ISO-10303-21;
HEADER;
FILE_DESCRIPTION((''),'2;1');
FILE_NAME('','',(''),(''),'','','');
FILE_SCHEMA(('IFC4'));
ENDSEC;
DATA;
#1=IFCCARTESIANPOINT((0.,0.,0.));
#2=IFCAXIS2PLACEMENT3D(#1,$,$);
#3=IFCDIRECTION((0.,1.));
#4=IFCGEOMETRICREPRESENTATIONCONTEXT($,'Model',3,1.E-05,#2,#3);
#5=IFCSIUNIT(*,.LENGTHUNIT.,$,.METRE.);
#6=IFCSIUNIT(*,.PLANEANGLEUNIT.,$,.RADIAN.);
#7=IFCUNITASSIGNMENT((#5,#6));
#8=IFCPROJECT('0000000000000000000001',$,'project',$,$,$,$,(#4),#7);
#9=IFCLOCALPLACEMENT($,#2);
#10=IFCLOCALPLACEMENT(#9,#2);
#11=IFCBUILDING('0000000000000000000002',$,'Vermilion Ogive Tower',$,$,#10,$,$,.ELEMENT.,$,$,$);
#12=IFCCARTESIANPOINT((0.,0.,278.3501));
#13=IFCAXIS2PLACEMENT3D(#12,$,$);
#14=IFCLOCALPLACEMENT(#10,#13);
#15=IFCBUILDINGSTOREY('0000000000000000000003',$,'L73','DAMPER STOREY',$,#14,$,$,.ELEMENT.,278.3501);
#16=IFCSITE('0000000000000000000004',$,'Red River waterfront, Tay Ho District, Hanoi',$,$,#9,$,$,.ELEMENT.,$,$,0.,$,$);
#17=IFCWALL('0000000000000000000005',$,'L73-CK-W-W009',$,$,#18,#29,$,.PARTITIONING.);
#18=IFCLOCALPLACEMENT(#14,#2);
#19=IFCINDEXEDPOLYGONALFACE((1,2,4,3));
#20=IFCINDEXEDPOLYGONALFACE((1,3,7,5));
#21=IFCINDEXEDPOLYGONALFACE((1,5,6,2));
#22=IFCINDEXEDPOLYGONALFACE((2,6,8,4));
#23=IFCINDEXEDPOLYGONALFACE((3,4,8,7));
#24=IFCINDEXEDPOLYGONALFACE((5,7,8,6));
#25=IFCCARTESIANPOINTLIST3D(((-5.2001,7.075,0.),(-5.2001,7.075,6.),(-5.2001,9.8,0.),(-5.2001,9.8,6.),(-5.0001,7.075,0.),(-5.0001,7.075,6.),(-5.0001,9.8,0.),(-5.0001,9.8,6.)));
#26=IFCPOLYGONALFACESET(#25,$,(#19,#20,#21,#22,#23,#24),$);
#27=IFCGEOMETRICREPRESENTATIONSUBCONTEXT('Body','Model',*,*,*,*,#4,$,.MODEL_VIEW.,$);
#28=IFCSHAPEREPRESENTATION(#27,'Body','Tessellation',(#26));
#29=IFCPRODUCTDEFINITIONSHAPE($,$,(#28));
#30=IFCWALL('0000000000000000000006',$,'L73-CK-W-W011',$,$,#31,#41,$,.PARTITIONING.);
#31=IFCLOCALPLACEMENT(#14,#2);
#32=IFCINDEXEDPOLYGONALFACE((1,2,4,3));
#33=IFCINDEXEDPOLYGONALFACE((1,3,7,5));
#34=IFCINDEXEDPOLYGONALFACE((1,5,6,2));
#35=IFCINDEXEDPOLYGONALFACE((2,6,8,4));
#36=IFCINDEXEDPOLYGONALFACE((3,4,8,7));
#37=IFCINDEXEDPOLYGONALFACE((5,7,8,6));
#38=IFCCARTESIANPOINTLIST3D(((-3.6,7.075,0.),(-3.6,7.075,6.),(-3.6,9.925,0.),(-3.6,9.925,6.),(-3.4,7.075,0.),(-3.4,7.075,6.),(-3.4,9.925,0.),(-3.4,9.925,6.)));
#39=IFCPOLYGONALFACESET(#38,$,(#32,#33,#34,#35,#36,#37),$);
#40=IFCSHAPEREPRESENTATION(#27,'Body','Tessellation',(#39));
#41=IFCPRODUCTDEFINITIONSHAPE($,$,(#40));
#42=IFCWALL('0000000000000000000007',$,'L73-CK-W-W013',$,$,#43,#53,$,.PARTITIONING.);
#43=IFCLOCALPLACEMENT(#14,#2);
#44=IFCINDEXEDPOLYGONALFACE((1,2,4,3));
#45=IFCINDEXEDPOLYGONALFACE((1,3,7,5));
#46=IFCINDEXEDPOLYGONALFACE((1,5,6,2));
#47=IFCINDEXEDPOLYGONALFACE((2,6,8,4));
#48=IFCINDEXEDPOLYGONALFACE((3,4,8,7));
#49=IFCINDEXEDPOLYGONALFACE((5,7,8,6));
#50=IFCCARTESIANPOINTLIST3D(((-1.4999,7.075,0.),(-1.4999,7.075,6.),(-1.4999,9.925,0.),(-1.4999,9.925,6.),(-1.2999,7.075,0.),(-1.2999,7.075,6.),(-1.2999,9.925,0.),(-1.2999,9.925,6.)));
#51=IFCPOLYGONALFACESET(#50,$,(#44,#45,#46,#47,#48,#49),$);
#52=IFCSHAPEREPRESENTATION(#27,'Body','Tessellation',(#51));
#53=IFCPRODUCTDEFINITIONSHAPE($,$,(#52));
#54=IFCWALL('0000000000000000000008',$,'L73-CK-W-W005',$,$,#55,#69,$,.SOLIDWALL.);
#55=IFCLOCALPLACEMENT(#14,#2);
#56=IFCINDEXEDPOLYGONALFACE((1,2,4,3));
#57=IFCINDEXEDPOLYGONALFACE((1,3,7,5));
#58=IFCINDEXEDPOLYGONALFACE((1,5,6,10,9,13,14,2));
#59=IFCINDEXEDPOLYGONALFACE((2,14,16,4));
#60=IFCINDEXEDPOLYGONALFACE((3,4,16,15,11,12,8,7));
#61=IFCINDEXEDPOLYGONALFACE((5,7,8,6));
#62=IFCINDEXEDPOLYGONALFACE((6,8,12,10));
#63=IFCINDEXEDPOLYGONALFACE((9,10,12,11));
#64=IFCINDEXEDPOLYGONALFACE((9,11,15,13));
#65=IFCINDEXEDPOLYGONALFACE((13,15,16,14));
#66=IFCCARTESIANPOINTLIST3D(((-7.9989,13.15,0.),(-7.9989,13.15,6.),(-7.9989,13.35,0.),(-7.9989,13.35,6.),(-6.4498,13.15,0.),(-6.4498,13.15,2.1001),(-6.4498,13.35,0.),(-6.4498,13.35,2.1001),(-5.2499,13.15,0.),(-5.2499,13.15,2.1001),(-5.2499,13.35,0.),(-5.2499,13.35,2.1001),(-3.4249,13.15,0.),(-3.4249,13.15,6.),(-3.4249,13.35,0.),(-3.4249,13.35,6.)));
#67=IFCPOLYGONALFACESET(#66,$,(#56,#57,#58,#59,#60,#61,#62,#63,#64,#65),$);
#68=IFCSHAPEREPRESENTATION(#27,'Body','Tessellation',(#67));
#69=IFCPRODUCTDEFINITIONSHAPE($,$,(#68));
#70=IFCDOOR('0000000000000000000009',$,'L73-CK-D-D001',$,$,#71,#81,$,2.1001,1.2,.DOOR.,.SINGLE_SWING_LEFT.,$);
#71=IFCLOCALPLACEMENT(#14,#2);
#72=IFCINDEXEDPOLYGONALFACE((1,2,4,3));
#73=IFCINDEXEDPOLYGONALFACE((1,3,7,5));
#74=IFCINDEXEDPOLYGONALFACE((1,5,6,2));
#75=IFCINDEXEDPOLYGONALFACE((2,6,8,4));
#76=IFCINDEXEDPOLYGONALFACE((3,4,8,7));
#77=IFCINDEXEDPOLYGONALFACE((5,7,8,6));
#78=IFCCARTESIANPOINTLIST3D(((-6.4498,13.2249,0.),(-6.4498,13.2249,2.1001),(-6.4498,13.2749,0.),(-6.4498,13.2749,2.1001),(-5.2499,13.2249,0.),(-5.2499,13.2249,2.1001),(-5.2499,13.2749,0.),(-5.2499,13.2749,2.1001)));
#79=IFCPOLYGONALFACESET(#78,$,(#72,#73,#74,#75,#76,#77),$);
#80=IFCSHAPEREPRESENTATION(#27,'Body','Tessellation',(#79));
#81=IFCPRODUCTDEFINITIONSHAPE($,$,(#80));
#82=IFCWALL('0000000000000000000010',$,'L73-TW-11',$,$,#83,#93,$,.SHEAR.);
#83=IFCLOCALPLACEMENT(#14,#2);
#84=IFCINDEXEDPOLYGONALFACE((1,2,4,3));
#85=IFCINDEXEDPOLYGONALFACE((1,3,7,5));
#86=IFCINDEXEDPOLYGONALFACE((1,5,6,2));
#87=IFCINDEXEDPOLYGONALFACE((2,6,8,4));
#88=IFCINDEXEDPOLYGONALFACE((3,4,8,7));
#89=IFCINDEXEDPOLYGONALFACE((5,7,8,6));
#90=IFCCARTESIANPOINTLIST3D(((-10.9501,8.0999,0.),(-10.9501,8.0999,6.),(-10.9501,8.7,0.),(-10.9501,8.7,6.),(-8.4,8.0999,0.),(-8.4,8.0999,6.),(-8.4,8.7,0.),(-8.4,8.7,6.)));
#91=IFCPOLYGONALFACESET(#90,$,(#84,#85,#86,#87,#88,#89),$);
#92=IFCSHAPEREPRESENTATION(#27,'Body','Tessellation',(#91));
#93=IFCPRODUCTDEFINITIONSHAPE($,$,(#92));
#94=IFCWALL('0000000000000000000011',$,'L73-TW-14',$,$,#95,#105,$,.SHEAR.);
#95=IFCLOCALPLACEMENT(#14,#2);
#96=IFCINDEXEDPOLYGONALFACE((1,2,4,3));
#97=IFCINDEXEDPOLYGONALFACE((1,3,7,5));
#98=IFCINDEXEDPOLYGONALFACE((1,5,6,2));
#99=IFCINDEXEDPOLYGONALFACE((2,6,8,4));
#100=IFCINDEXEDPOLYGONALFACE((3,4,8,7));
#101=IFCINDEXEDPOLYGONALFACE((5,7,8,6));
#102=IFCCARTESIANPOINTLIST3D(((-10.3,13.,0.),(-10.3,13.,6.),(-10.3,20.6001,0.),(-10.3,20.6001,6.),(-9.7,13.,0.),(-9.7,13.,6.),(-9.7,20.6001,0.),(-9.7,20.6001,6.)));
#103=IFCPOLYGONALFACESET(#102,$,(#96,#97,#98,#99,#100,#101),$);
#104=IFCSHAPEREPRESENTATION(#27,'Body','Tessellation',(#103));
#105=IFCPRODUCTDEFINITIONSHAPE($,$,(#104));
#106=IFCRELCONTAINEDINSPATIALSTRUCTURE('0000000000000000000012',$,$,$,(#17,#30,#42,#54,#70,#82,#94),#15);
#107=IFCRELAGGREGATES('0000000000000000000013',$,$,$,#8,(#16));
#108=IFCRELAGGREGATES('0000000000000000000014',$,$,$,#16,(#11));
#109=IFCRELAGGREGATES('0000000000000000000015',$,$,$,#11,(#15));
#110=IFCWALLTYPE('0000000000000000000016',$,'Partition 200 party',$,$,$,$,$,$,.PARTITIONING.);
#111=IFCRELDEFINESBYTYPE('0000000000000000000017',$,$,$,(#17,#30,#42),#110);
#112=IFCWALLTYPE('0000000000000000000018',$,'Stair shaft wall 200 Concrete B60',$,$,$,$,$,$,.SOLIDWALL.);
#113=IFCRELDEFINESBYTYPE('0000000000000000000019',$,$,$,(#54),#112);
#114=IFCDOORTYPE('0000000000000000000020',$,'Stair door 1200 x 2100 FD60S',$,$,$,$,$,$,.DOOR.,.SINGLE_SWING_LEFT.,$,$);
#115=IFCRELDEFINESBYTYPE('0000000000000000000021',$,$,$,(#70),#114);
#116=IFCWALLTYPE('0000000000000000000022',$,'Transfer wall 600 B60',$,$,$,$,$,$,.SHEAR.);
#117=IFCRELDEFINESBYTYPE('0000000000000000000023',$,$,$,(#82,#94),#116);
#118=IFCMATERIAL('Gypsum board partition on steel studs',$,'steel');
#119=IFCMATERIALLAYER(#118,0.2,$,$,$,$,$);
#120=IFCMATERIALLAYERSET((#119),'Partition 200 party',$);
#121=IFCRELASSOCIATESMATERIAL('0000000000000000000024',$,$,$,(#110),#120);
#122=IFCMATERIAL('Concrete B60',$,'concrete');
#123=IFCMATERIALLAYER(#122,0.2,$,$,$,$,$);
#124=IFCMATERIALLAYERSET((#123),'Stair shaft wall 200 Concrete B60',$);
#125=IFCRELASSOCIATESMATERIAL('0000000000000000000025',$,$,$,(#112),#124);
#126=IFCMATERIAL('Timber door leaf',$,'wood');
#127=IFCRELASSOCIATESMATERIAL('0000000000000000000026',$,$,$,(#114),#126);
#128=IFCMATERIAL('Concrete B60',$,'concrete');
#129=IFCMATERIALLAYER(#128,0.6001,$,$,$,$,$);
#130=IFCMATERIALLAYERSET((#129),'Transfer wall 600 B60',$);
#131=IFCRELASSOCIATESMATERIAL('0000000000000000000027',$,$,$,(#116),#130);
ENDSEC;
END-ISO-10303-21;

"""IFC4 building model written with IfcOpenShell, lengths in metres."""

from ifc_helpers import new_model, si_unit, direction, frame, frame_2d, origin, place, context, subcontext, project, spatial, rectangle, extrude, material, layer, layer_set, type_object, element, fill, save


model = new_model("IFC4")

# Units and contexts
model_context = context("Model", 3, precision=1e-05, world=origin(), true_north=direction((0.0, 1.0)))
body_context = subcontext(model_context, "Body", "Model", "MODEL_VIEW")
ifc_project = project(units=[si_unit("LENGTHUNIT", "METRE"), si_unit("PLANEANGLEUNIT", "RADIAN")], contexts=[model_context])

# Site, building, storey
site_placement = place(None, origin())
site = spatial("IfcSite", under=ifc_project, at=site_placement, Name="Red River waterfront, Tay Ho District, Hanoi", CompositionType="ELEMENT", RefElevation=0.0)
building_placement = place(site_placement, origin())
building = spatial("IfcBuilding", under=site, at=building_placement, Name="Vermilion Ogive Tower", CompositionType="ELEMENT")
storey_placement = place(building_placement, frame((0.0, 0.0, 278.3501)))
storey = spatial("IfcBuildingStorey", under=building, at=storey_placement, Name="L73", Description="DAMPER STOREY", CompositionType="ELEMENT", Elevation=278.3501)

# Shared definitions
ifc_material_1 = material(Name="Gypsum board partition on steel studs", Category="steel")
ifc_layer_1 = layer(ifc_material_1, 0.2)
ifc_layer_set_1 = layer_set([ifc_layer_1], Name="Partition 200 party")
wall_type_1 = type_object("IfcWallType", Name="Partition 200 party", PredefinedType="PARTITIONING", material=ifc_layer_set_1)

# Walls
wall_1_placement = place(storey_placement, frame((-5.1001, 7.075, 0.0), z_axis=(0.0, 0.0, 1.0), x_axis=(0.0, 1.0, 0.0)))
element("IfcWall", 1, at=wall_1_placement, inside=storey, type_object=wall_type_1, Name="L73-CK-W-W009", PredefinedType="PARTITIONING", context=body_context, shape_type="SweptSolid", body=[
    extrude(rectangle(XDim=2.7251, YDim=0.2, at=frame_2d((1.3625, 0.0))), origin(), (0.0, 0.0, 1.0), 6.0),
])
for number, where, z_axis, x_axis, name in (
    (2, (-3.5, 7.075, 0.0), (0.0, 0.0, 1.0), (0.0, 1.0, 0.0), "L73-CK-W-W011"),
    (3, (-1.3999, 7.075, 0.0), (0.0, 0.0, 1.0), (0.0, 1.0, 0.0), "L73-CK-W-W013"),
):
    element("IfcWall", number, at=place(storey_placement, frame(where, z_axis=z_axis, x_axis=x_axis)), inside=storey, type_object=wall_type_1, Name=name, PredefinedType="PARTITIONING", context=body_context, shape_type="SweptSolid", body=[
        extrude(rectangle(XDim=2.8501, YDim=0.2, at=frame_2d((1.425, 0.0))), origin(), (0.0, 0.0, 1.0), 6.0),
    ])

# Wall, opening, door
ifc_material_2 = material(Name="Concrete B60", Category="concrete")
ifc_layer_2 = layer(ifc_material_2, 0.2)
ifc_layer_set_2 = layer_set([ifc_layer_2], Name="Stair shaft wall 200 Concrete B60")
wall_type_2 = type_object("IfcWallType", Name="Stair shaft wall 200 Concrete B60", PredefinedType="SOLIDWALL", material=ifc_layer_set_2)
wall_2_placement = place(storey_placement, frame((-7.999, 13.25, 0.0), z_axis=(0.0, 0.0, 1.0), x_axis=(1.0, 0.0, 0.0)))
wall_2 = element("IfcWall", 4, at=wall_2_placement, inside=storey, type_object=wall_type_2, Name="L73-CK-W-W005", PredefinedType="SOLIDWALL", context=body_context, shape_type="SweptSolid", body=[
    extrude(rectangle(XDim=4.574, YDim=0.2, at=frame_2d((2.2871, 0.0))), origin(), (0.0, 0.0, 1.0), 6.0),
])
opening_1_placement = place(wall_2_placement, frame((1.5491, 0.0, 0.0)))
opening_1 = element("IfcOpeningElement", 5, at=opening_1_placement, cuts=wall_2, PredefinedType="OPENING", context=body_context, shape_type="SweptSolid", body=[
    extrude(rectangle(XDim=1.2, YDim=2.1001, at=frame_2d((0.6001, 1.05))), frame((0.0, 0.1099, 0.0), z_axis=(0.0, -1.0, 0.0), x_axis=(1.0, 0.0, 0.0)), (0.0, 0.0, 1.0), 0.22),
])
ifc_material_3 = material(Name="Timber door leaf", Category="wood")
door_type_1 = type_object("IfcDoorType", Name="Stair door 1200 x 2100 FD60S", OperationType="SINGLE_SWING_LEFT", PredefinedType="DOOR", material=ifc_material_3)
door_1_placement = place(opening_1_placement, origin())
door_1 = element("IfcDoor", 6, at=door_1_placement, inside=storey, type_object=door_type_1, Name="L73-CK-D-D001", OperationType="SINGLE_SWING_LEFT", OverallHeight=2.1001, OverallWidth=1.2, PredefinedType="DOOR", context=body_context, shape_type="SweptSolid", body=[
    extrude(rectangle(XDim=1.2, YDim=2.1001, at=frame_2d((0.6001, 1.05))), frame((0.0, 0.0249, 0.0), z_axis=(0.0, -1.0, 0.0), x_axis=(1.0, 0.0, 0.0)), (0.0, 0.0, 1.0), 0.05),
])
fill(opening_1, door_1)

# Walls
ifc_material_4 = material(Name="Concrete B60", Category="concrete")
ifc_layer_3 = layer(ifc_material_4, 0.6001)
ifc_layer_set_3 = layer_set([ifc_layer_3], Name="Transfer wall 600 B60")
wall_type_3 = type_object("IfcWallType", Name="Transfer wall 600 B60", PredefinedType="SHEAR", material=ifc_layer_set_3)
wall_3_placement = place(storey_placement, frame((-10.95, 8.3999, 0.0), z_axis=(0.0, 0.0, 1.0), x_axis=(1.0, 0.0, 0.0)))
element("IfcWall", 7, at=wall_3_placement, inside=storey, type_object=wall_type_3, Name="L73-TW-11", PredefinedType="SHEAR", context=body_context, shape_type="SweptSolid", body=[
    extrude(rectangle(XDim=2.55, YDim=0.6001, at=frame_2d((1.2749, 0.0))), origin(), (0.0, 0.0, 1.0), 6.0),
])
wall_4_placement = place(storey_placement, frame((-10.0, 13.0, 0.0), z_axis=(0.0, 0.0, 1.0), x_axis=(0.0, 1.0, 0.0)))
element("IfcWall", 8, at=wall_4_placement, inside=storey, type_object=wall_type_3, Name="L73-TW-14", PredefinedType="SHEAR", context=body_context, shape_type="SweptSolid", body=[
    extrude(rectangle(XDim=7.6001, YDim=0.6001, at=frame_2d((3.8, 0.0))), origin(), (0.0, 0.0, 1.0), 6.0),
])

save(model, "model.ifc")
